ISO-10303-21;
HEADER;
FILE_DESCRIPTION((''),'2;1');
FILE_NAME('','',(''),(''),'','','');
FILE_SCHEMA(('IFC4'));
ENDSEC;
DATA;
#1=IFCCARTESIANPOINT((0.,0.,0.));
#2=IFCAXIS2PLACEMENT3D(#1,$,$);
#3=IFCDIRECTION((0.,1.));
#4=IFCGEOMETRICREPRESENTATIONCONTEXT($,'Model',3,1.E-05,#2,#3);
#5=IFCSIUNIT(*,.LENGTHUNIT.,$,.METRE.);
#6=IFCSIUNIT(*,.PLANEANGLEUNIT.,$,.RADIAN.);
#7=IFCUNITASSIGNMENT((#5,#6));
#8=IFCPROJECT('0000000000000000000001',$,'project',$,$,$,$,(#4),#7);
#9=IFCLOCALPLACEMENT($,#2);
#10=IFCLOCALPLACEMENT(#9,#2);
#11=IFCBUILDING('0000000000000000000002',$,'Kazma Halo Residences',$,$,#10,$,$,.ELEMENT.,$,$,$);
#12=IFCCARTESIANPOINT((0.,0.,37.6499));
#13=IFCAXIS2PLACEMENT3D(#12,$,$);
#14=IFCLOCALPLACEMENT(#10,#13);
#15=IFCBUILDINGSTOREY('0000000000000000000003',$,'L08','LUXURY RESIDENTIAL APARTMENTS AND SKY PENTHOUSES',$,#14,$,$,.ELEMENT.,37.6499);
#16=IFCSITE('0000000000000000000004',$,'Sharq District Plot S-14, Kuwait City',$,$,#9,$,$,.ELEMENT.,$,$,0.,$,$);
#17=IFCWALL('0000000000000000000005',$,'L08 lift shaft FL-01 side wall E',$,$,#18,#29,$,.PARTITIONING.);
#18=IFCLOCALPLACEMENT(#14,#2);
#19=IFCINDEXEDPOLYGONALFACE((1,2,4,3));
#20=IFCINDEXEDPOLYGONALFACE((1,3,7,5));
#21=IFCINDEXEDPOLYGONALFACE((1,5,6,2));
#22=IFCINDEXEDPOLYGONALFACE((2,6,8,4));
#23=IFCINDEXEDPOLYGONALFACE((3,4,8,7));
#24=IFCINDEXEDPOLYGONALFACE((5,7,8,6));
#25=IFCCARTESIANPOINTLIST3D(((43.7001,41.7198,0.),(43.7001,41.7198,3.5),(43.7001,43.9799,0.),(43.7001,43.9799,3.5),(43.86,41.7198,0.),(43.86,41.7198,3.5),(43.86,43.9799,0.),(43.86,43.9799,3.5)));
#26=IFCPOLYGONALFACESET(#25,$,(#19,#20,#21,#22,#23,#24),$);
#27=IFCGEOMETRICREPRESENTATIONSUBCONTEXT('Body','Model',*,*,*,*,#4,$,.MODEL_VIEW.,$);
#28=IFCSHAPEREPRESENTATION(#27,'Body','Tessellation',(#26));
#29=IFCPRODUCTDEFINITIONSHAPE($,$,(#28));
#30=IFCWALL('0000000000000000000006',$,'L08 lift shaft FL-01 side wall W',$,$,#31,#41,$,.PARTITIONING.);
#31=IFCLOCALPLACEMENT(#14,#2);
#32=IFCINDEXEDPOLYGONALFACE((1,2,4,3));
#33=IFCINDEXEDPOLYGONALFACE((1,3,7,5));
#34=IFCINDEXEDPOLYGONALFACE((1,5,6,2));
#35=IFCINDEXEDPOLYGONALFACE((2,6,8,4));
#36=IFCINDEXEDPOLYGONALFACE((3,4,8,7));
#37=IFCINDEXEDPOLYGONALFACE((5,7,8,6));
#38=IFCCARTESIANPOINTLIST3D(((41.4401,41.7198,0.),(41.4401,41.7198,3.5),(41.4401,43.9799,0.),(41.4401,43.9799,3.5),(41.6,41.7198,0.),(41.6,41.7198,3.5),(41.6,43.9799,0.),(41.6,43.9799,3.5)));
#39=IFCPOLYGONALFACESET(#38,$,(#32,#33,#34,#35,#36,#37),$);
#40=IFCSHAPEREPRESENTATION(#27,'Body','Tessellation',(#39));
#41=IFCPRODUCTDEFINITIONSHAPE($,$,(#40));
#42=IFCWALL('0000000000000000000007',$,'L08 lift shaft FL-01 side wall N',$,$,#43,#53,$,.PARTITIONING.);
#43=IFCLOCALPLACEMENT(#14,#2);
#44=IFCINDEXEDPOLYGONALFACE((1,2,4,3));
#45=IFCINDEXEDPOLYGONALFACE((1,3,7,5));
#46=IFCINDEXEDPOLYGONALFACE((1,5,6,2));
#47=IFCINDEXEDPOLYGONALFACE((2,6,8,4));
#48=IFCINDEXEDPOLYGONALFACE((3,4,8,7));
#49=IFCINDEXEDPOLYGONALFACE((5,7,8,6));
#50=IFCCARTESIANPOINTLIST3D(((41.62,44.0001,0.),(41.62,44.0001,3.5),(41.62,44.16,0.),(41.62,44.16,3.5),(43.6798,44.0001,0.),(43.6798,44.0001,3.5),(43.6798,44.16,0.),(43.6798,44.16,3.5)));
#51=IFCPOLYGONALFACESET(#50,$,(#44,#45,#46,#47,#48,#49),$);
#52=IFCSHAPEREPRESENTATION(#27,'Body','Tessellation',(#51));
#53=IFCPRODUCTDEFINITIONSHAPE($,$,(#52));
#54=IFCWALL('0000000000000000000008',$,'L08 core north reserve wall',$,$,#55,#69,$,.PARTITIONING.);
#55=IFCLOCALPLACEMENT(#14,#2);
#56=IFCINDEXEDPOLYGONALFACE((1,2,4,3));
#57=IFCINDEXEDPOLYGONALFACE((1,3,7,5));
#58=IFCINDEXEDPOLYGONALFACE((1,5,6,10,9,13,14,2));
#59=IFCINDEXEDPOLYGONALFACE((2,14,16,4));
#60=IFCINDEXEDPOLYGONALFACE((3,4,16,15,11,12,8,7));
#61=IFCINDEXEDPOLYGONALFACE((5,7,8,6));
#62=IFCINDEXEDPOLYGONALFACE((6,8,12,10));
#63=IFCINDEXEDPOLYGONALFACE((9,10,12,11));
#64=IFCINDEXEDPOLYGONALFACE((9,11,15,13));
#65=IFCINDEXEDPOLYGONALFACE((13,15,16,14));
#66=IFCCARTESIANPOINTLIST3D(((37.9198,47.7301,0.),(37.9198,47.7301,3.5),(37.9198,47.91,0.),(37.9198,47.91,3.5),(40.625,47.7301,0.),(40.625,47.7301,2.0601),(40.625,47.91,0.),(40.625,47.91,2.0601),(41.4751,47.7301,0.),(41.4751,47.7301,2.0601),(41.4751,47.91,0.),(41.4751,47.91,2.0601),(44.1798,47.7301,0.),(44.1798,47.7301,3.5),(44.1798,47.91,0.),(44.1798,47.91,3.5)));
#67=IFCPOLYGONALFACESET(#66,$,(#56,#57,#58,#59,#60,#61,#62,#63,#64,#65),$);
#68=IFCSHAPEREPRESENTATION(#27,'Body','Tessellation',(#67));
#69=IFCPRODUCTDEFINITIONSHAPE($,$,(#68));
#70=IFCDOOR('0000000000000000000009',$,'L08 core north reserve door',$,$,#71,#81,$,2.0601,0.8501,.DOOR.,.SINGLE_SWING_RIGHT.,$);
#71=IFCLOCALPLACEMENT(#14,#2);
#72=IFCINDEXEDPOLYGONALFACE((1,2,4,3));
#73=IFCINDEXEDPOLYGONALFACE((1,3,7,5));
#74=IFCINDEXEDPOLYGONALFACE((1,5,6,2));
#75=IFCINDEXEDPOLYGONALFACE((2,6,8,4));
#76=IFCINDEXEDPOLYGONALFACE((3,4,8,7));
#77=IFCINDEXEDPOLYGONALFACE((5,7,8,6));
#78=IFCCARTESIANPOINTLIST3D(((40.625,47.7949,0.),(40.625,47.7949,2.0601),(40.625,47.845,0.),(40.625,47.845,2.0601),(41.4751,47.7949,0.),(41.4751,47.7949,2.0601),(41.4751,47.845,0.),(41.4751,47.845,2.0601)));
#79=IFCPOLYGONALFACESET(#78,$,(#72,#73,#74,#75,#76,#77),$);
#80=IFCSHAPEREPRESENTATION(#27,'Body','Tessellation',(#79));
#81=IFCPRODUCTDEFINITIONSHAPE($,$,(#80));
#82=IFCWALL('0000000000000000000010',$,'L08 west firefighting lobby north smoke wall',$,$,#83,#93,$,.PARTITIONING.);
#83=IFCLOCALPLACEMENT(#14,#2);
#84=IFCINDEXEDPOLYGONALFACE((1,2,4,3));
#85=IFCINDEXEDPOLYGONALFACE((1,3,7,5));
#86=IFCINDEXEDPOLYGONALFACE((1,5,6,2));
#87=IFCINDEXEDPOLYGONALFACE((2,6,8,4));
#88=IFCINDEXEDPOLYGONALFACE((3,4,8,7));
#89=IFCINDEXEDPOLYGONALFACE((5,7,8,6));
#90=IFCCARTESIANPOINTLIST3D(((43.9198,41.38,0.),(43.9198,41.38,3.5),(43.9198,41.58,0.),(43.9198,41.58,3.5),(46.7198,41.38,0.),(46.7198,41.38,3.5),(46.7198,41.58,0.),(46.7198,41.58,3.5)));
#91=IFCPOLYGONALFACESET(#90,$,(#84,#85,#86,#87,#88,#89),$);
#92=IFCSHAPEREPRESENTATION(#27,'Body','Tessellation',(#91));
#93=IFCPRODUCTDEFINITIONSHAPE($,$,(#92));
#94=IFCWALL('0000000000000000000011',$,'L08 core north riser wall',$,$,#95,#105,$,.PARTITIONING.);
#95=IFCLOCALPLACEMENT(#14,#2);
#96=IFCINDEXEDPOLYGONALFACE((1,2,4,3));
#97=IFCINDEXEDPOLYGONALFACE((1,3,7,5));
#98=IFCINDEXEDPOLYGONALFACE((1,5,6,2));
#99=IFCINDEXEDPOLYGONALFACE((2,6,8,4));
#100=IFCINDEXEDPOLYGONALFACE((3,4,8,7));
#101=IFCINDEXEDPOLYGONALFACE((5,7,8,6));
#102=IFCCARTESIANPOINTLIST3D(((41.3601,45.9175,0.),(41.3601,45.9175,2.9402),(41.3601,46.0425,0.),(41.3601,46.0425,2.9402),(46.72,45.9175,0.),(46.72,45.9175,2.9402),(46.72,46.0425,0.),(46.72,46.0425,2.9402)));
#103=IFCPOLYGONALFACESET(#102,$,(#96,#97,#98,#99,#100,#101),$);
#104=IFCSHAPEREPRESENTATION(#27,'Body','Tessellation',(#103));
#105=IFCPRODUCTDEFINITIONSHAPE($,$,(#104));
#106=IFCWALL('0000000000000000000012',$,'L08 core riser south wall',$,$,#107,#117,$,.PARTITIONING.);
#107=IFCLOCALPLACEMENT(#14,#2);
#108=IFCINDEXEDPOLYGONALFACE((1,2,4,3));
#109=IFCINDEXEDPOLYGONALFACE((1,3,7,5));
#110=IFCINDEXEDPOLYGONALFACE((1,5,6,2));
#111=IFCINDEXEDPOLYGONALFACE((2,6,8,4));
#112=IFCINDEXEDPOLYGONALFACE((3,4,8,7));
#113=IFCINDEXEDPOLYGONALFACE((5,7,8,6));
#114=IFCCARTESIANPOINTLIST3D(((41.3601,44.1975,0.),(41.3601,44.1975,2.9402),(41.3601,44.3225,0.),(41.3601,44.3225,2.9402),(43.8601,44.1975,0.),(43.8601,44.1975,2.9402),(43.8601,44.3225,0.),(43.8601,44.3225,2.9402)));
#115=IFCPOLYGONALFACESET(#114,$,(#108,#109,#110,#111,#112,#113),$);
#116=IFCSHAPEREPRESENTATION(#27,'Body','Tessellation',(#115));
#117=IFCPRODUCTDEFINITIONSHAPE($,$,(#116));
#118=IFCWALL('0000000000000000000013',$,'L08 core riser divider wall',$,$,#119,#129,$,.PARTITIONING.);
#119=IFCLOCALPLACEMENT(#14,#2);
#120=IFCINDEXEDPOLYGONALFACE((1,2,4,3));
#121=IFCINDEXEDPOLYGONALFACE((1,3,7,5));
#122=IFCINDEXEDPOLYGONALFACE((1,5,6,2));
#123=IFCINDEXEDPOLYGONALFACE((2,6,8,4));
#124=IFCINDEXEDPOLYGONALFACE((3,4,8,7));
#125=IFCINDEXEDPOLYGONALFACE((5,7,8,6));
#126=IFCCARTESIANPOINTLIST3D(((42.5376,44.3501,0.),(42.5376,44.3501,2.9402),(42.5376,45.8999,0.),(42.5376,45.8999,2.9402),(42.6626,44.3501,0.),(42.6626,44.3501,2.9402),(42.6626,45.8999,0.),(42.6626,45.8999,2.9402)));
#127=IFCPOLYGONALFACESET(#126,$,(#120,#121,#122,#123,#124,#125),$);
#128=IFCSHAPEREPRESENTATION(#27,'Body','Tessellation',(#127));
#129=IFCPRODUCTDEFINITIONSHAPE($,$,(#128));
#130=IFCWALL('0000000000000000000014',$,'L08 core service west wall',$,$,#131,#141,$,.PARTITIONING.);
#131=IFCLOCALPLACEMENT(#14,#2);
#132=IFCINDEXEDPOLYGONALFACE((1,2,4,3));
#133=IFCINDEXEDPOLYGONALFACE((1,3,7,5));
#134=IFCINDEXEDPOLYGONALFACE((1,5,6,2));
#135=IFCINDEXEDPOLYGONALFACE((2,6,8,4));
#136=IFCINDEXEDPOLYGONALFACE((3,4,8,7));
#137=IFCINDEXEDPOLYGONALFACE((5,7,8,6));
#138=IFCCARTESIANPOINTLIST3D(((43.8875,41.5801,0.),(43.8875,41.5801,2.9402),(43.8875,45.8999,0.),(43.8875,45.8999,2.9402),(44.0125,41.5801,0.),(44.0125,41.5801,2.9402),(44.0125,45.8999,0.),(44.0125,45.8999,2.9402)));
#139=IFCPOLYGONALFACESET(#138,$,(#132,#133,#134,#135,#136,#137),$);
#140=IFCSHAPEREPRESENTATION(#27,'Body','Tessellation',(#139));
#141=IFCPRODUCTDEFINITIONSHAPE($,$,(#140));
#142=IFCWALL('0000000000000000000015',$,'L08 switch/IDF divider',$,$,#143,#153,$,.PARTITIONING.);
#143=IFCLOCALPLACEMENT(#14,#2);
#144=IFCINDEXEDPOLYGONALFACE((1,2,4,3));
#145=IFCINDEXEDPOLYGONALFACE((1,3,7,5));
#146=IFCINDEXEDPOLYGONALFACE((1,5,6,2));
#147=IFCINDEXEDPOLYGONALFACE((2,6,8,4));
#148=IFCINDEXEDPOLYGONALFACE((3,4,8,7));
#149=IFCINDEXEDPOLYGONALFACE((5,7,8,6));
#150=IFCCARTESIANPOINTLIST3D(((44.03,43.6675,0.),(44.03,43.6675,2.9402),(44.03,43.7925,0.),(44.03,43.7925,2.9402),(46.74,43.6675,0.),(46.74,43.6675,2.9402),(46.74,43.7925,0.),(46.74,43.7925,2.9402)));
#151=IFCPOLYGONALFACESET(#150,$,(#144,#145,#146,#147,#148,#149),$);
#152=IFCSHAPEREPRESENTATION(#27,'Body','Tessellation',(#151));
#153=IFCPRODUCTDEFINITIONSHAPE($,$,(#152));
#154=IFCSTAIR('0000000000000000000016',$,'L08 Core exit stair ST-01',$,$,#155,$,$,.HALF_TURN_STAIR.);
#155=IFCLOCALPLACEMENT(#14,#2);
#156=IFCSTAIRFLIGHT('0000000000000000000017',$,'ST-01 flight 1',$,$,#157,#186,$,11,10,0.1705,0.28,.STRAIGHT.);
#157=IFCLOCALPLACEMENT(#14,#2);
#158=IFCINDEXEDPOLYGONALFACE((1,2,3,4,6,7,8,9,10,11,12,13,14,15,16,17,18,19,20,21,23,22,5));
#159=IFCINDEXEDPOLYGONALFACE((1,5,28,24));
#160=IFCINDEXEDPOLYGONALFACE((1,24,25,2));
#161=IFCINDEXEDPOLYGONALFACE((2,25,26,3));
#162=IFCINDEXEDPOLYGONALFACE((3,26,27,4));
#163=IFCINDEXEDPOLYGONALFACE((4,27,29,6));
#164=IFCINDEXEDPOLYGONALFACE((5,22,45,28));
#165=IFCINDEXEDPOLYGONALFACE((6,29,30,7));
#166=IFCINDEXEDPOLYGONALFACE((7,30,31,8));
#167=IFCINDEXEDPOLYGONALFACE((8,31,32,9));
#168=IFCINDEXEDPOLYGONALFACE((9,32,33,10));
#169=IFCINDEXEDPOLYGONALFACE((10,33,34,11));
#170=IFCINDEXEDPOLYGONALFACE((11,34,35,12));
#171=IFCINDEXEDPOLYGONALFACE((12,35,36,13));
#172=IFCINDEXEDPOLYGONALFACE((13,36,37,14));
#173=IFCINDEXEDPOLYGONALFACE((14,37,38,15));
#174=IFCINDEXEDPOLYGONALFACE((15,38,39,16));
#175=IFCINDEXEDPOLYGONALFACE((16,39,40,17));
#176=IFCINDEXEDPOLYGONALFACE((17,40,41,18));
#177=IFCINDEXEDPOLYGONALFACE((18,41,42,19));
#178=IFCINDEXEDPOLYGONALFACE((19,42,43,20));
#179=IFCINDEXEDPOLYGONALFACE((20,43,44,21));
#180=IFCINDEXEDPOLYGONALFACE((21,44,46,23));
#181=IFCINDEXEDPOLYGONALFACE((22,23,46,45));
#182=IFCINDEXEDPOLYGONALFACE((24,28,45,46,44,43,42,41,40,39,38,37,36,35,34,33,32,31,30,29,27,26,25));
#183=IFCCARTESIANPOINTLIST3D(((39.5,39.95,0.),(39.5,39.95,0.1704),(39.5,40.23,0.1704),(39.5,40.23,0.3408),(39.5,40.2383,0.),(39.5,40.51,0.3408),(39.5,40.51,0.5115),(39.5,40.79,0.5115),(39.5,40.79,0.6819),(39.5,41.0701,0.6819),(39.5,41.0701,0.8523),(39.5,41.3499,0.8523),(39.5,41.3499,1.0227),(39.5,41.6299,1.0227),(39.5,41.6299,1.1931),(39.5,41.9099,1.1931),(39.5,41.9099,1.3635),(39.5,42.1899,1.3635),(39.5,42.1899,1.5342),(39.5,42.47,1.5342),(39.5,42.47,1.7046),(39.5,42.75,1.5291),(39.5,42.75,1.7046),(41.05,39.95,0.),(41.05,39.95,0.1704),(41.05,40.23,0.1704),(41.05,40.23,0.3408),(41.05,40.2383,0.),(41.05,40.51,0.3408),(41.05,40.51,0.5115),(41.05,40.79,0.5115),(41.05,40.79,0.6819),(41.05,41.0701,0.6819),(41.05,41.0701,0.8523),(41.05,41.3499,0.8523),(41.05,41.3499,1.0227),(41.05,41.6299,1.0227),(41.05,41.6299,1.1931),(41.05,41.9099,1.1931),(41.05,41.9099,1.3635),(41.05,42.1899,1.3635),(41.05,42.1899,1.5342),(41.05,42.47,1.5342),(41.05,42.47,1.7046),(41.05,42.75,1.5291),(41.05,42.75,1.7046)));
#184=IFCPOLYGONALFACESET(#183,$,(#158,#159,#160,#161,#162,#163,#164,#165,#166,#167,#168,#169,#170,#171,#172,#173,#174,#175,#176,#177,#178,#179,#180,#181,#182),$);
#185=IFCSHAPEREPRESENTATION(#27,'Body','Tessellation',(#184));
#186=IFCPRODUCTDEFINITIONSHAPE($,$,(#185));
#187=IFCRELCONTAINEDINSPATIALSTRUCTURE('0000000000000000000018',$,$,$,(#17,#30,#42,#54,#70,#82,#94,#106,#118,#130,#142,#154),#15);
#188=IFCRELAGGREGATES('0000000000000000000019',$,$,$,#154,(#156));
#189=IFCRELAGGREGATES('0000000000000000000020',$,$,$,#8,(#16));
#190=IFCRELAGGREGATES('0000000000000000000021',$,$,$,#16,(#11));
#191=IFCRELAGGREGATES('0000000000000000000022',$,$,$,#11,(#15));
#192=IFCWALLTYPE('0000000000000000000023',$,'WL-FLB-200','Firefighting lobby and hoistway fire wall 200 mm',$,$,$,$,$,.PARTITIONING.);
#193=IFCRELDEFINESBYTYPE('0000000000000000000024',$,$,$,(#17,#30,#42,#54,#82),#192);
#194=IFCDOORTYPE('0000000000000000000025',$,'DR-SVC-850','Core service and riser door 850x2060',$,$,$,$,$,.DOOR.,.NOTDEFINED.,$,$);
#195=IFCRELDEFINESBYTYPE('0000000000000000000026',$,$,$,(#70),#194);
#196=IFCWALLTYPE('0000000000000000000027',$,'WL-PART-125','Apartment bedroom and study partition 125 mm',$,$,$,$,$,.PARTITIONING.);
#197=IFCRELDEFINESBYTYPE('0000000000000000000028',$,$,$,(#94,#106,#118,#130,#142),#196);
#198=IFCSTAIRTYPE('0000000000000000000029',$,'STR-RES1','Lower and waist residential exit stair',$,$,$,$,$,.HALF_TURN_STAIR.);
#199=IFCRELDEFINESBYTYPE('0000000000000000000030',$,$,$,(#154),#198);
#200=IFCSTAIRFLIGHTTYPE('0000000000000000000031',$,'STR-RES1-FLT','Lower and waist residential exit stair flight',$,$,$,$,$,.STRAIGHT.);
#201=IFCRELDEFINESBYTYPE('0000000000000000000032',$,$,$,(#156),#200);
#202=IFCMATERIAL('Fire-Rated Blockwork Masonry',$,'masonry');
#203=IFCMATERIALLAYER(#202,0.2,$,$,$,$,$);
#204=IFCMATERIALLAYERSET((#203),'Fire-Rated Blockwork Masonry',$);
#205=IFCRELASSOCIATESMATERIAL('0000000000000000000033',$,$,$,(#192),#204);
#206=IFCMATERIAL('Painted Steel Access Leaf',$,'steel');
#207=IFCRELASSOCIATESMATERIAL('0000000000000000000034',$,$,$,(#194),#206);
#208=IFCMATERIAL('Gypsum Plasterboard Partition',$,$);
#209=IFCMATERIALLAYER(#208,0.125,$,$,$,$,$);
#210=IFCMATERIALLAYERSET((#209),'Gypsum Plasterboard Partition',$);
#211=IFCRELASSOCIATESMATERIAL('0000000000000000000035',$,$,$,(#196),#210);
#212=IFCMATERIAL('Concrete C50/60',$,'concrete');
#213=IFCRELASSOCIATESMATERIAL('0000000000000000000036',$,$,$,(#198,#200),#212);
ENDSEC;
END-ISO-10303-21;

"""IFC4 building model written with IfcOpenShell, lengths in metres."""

from ifc_helpers import new_model, si_unit, direction, frame, frame_2d, origin, place, context, subcontext, project, spatial, polyline, rectangle, outline, extrude, material, layer, layer_set, type_object, element, fill, aggregate, save


model = new_model("IFC4")

# Units and contexts
model_context = context("Model", 3, precision=1e-05, world=origin(), true_north=direction((0.0, 1.0)))
body_context = subcontext(model_context, "Body", "Model", "MODEL_VIEW")
ifc_project = project(units=[si_unit("LENGTHUNIT", "METRE"), si_unit("PLANEANGLEUNIT", "RADIAN")], contexts=[model_context])

# Site, building, storey
site_placement = place(None, origin())
site = spatial("IfcSite", under=ifc_project, at=site_placement, Name="Sharq District Plot S-14, Kuwait City", CompositionType="ELEMENT", RefElevation=0.0)
building_placement = place(site_placement, origin())
building = spatial("IfcBuilding", under=site, at=building_placement, Name="Kazma Halo Residences", CompositionType="ELEMENT")
storey_placement = place(building_placement, frame((0.0, 0.0, 37.6499)))
storey = spatial("IfcBuildingStorey", under=building, at=storey_placement, Name="L08", Description="LUXURY RESIDENTIAL APARTMENTS AND SKY PENTHOUSES", CompositionType="ELEMENT", Elevation=37.6499)

# Shared definitions
ifc_material_1 = material(Name="Fire-Rated Blockwork Masonry", Category="masonry")
ifc_layer_1 = layer(ifc_material_1, 0.2)
ifc_layer_set_1 = layer_set([ifc_layer_1], Name="Fire-Rated Blockwork Masonry")
wall_type_1 = type_object("IfcWallType", Name="WL-FLB-200", Description="Firefighting lobby and hoistway fire wall 200 mm", PredefinedType="PARTITIONING", material=ifc_layer_set_1)

# Walls
for number, where, z_axis, x_axis, name in (
    (1, (43.78, 41.72, 0.0), (0.0, 0.0, 1.0), (0.0, 1.0, 0.0), "L08 lift shaft FL-01 side wall E"),
    (2, (41.52, 41.72, 0.0), (0.0, 0.0, 1.0), (0.0, 1.0, 0.0), "L08 lift shaft FL-01 side wall W"),
):
    element("IfcWall", number, at=place(storey_placement, frame(where, z_axis=z_axis, x_axis=x_axis)), inside=storey, type_object=wall_type_1, Name=name, PredefinedType="PARTITIONING", context=body_context, shape_type="SweptSolid", body=[
        extrude(rectangle(XDim=2.26, YDim=0.1599, at=frame_2d((1.1299, 0.0))), origin(), (0.0, 0.0, 1.0), 3.5),
    ])
wall_1_placement = place(storey_placement, frame((41.6201, 44.0801, 0.0), z_axis=(0.0, 0.0, 1.0), x_axis=(1.0, 0.0, 0.0)))
element("IfcWall", 3, at=wall_1_placement, inside=storey, type_object=wall_type_1, Name="L08 lift shaft FL-01 side wall N", PredefinedType="PARTITIONING", context=body_context, shape_type="SweptSolid", body=[
    extrude(rectangle(XDim=2.0598, YDim=0.1599, at=frame_2d((1.0298, 0.0))), origin(), (0.0, 0.0, 1.0), 3.5),
])

# Wall, opening, door
wall_2_placement = place(storey_placement, frame((37.9199, 47.8201, 0.0), z_axis=(0.0, 0.0, 1.0), x_axis=(1.0, 0.0, 0.0)))
wall_2 = element("IfcWall", 4, at=wall_2_placement, inside=storey, type_object=wall_type_1, Name="L08 core north reserve wall", PredefinedType="PARTITIONING", context=body_context, shape_type="SweptSolid", body=[
    extrude(rectangle(XDim=6.26, YDim=0.1799, at=frame_2d((3.1299, 0.0))), origin(), (0.0, 0.0, 1.0), 3.5),
])
opening_1_placement = place(wall_2_placement, frame((2.7051, 0.0, 0.0)))
opening_1 = element("IfcOpeningElement", 5, at=opening_1_placement, cuts=wall_2, PredefinedType="OPENING", context=body_context, shape_type="SweptSolid", body=[
    extrude(rectangle(XDim=0.8501, YDim=2.0601, at=frame_2d((0.425, 1.03))), frame((0.0, 0.0999, 0.0), z_axis=(0.0, -1.0, 0.0), x_axis=(1.0, 0.0, 0.0)), (0.0, 0.0, 1.0), 0.2),
])
ifc_material_2 = material(Name="Painted Steel Access Leaf", Category="steel")
door_type_1 = type_object("IfcDoorType", Name="DR-SVC-850", Description="Core service and riser door 850x2060", OperationType="NOTDEFINED", PredefinedType="DOOR", material=ifc_material_2)
door_1_placement = place(opening_1_placement, origin())
door_1 = element("IfcDoor", 6, at=door_1_placement, inside=storey, type_object=door_type_1, Name="L08 core north reserve door", OperationType="SINGLE_SWING_RIGHT", OverallHeight=2.0601, OverallWidth=0.8501, PredefinedType="DOOR", context=body_context, shape_type="SweptSolid", body=[
    extrude(rectangle(XDim=0.8501, YDim=2.0601, at=frame_2d((0.425, 1.03))), frame((0.0, 0.0249, 0.0), z_axis=(0.0, -1.0, 0.0), x_axis=(1.0, 0.0, 0.0)), (0.0, 0.0, 1.0), 0.05),
])
fill(opening_1, door_1)

# Walls
wall_3_placement = place(storey_placement, frame((43.9199, 41.48, 0.0), z_axis=(0.0, 0.0, 1.0), x_axis=(1.0, 0.0, 0.0)))
element("IfcWall", 7, at=wall_3_placement, inside=storey, type_object=wall_type_1, Name="L08 west firefighting lobby north smoke wall", PredefinedType="PARTITIONING", context=body_context, shape_type="SweptSolid", body=[
    extrude(rectangle(XDim=2.8, YDim=0.2, at=frame_2d((1.3999, 0.0))), origin(), (0.0, 0.0, 1.0), 3.5),
])
ifc_material_3 = material(Name="Gypsum Plasterboard Partition")
ifc_layer_2 = layer(ifc_material_3, 0.125)
ifc_layer_set_2 = layer_set([ifc_layer_2], Name="Gypsum Plasterboard Partition")
wall_type_2 = type_object("IfcWallType", Name="WL-PART-125", Description="Apartment bedroom and study partition 125 mm", PredefinedType="PARTITIONING", material=ifc_layer_set_2)
wall_4_placement = place(storey_placement, frame((41.3601, 45.98, 0.0), z_axis=(0.0, 0.0, 1.0), x_axis=(1.0, 0.0, 0.0)))
element("IfcWall", 8, at=wall_4_placement, inside=storey, type_object=wall_type_2, Name="L08 core north riser wall", PredefinedType="PARTITIONING", context=body_context, shape_type="SweptSolid", body=[
    extrude(rectangle(XDim=5.3599, YDim=0.125, at=frame_2d((2.6799, 0.0))), origin(), (0.0, 0.0, 1.0), 2.9402),
])
wall_5_placement = place(storey_placement, frame((41.3601, 44.26, 0.0), z_axis=(0.0, 0.0, 1.0), x_axis=(1.0, 0.0, 0.0)))
element("IfcWall", 9, at=wall_5_placement, inside=storey, type_object=wall_type_2, Name="L08 core riser south wall", PredefinedType="PARTITIONING", context=body_context, shape_type="SweptSolid", body=[
    extrude(rectangle(XDim=2.5, YDim=0.125, at=frame_2d((1.25, 0.0))), origin(), (0.0, 0.0, 1.0), 2.9402),
])
wall_6_placement = place(storey_placement, frame((42.6001, 44.3501, 0.0), z_axis=(0.0, 0.0, 1.0), x_axis=(0.0, 1.0, 0.0)))
element("IfcWall", 10, at=wall_6_placement, inside=storey, type_object=wall_type_2, Name="L08 core riser divider wall", PredefinedType="PARTITIONING", context=body_context, shape_type="SweptSolid", body=[
    extrude(rectangle(XDim=1.5498, YDim=0.125, at=frame_2d((0.7749, 0.0))), origin(), (0.0, 0.0, 1.0), 2.9402),
])
wall_7_placement = place(storey_placement, frame((43.95, 41.5801, 0.0), z_axis=(0.0, 0.0, 1.0), x_axis=(0.0, 1.0, 0.0)))
element("IfcWall", 11, at=wall_7_placement, inside=storey, type_object=wall_type_2, Name="L08 core service west wall", PredefinedType="PARTITIONING", context=body_context, shape_type="SweptSolid", body=[
    extrude(rectangle(XDim=4.3198, YDim=0.125, at=frame_2d((2.1599, 0.0))), origin(), (0.0, 0.0, 1.0), 2.9402),
])
wall_8_placement = place(storey_placement, frame((44.03, 43.73, 0.0), z_axis=(0.0, 0.0, 1.0), x_axis=(1.0, 0.0, 0.0)))
element("IfcWall", 12, at=wall_8_placement, inside=storey, type_object=wall_type_2, Name="L08 switch/IDF divider", PredefinedType="PARTITIONING", context=body_context, shape_type="SweptSolid", body=[
    extrude(rectangle(XDim=2.71, YDim=0.125, at=frame_2d((1.355, 0.0))), origin(), (0.0, 0.0, 1.0), 2.9402),
])

# Stair, stair flight
ifc_material_4 = material(Name="Concrete C50/60", Category="concrete")
stair_type = type_object("IfcStairType", Name="STR-RES1", Description="Lower and waist residential exit stair", PredefinedType="HALF_TURN_STAIR", material=ifc_material_4)
stair_placement = place(storey_placement, origin())
stair = element("IfcStair", 13, at=stair_placement, inside=storey, type_object=stair_type, Name="L08 Core exit stair ST-01", PredefinedType="HALF_TURN_STAIR")
stair_flight_type = type_object("IfcStairFlightType", Name="STR-RES1-FLT", Description="Lower and waist residential exit stair flight", PredefinedType="STRAIGHT", material=ifc_material_4)
stair_flight_1_placement = place(storey_placement, frame((40.2749, 39.95, 0.0), z_axis=(0.0, 0.0, 1.0), x_axis=(0.0, 1.0, 0.0)))
stair_flight_1 = element("IfcStairFlight", 14, at=stair_flight_1_placement, type_object=stair_flight_type, Name="ST-01 flight 1", NumberOfRisers=11, NumberOfTreads=10, PredefinedType="STRAIGHT", RiserHeight=0.1705, TreadLength=0.28, context=body_context, shape_type="SweptSolid", body=[
    extrude(outline(polyline([(0.0, 0.0), (0.0, 0.1704), (0.28, 0.1704), (0.28, 0.3408), (0.5601, 0.3408), (0.5601, 0.5115), (0.8401, 0.5115), (0.8401, 0.6819), (1.1201, 0.6819), (1.1201, 0.8523), (1.3999, 0.8523), (1.3999, 1.0227), (1.6799, 1.0227), (1.6799, 1.1931), (1.96, 1.1931), (1.96, 1.3635), (2.24, 1.3635), (2.24, 1.5342), (2.52, 1.5342), (2.52, 1.7046), (2.8, 1.7046), (2.8, 1.875), (2.8, 1.5291), (0.2883, 0.0), (0.0, 0.0)])), frame((0.0, 0.7749, 0.0), z_axis=(0.0, -1.0, 0.0), x_axis=(1.0, 0.0, 0.0)), (0.0, 0.0, 1.0), 1.55),
])
aggregate(stair, [stair_flight_1])

save(model, "model.ifc")
